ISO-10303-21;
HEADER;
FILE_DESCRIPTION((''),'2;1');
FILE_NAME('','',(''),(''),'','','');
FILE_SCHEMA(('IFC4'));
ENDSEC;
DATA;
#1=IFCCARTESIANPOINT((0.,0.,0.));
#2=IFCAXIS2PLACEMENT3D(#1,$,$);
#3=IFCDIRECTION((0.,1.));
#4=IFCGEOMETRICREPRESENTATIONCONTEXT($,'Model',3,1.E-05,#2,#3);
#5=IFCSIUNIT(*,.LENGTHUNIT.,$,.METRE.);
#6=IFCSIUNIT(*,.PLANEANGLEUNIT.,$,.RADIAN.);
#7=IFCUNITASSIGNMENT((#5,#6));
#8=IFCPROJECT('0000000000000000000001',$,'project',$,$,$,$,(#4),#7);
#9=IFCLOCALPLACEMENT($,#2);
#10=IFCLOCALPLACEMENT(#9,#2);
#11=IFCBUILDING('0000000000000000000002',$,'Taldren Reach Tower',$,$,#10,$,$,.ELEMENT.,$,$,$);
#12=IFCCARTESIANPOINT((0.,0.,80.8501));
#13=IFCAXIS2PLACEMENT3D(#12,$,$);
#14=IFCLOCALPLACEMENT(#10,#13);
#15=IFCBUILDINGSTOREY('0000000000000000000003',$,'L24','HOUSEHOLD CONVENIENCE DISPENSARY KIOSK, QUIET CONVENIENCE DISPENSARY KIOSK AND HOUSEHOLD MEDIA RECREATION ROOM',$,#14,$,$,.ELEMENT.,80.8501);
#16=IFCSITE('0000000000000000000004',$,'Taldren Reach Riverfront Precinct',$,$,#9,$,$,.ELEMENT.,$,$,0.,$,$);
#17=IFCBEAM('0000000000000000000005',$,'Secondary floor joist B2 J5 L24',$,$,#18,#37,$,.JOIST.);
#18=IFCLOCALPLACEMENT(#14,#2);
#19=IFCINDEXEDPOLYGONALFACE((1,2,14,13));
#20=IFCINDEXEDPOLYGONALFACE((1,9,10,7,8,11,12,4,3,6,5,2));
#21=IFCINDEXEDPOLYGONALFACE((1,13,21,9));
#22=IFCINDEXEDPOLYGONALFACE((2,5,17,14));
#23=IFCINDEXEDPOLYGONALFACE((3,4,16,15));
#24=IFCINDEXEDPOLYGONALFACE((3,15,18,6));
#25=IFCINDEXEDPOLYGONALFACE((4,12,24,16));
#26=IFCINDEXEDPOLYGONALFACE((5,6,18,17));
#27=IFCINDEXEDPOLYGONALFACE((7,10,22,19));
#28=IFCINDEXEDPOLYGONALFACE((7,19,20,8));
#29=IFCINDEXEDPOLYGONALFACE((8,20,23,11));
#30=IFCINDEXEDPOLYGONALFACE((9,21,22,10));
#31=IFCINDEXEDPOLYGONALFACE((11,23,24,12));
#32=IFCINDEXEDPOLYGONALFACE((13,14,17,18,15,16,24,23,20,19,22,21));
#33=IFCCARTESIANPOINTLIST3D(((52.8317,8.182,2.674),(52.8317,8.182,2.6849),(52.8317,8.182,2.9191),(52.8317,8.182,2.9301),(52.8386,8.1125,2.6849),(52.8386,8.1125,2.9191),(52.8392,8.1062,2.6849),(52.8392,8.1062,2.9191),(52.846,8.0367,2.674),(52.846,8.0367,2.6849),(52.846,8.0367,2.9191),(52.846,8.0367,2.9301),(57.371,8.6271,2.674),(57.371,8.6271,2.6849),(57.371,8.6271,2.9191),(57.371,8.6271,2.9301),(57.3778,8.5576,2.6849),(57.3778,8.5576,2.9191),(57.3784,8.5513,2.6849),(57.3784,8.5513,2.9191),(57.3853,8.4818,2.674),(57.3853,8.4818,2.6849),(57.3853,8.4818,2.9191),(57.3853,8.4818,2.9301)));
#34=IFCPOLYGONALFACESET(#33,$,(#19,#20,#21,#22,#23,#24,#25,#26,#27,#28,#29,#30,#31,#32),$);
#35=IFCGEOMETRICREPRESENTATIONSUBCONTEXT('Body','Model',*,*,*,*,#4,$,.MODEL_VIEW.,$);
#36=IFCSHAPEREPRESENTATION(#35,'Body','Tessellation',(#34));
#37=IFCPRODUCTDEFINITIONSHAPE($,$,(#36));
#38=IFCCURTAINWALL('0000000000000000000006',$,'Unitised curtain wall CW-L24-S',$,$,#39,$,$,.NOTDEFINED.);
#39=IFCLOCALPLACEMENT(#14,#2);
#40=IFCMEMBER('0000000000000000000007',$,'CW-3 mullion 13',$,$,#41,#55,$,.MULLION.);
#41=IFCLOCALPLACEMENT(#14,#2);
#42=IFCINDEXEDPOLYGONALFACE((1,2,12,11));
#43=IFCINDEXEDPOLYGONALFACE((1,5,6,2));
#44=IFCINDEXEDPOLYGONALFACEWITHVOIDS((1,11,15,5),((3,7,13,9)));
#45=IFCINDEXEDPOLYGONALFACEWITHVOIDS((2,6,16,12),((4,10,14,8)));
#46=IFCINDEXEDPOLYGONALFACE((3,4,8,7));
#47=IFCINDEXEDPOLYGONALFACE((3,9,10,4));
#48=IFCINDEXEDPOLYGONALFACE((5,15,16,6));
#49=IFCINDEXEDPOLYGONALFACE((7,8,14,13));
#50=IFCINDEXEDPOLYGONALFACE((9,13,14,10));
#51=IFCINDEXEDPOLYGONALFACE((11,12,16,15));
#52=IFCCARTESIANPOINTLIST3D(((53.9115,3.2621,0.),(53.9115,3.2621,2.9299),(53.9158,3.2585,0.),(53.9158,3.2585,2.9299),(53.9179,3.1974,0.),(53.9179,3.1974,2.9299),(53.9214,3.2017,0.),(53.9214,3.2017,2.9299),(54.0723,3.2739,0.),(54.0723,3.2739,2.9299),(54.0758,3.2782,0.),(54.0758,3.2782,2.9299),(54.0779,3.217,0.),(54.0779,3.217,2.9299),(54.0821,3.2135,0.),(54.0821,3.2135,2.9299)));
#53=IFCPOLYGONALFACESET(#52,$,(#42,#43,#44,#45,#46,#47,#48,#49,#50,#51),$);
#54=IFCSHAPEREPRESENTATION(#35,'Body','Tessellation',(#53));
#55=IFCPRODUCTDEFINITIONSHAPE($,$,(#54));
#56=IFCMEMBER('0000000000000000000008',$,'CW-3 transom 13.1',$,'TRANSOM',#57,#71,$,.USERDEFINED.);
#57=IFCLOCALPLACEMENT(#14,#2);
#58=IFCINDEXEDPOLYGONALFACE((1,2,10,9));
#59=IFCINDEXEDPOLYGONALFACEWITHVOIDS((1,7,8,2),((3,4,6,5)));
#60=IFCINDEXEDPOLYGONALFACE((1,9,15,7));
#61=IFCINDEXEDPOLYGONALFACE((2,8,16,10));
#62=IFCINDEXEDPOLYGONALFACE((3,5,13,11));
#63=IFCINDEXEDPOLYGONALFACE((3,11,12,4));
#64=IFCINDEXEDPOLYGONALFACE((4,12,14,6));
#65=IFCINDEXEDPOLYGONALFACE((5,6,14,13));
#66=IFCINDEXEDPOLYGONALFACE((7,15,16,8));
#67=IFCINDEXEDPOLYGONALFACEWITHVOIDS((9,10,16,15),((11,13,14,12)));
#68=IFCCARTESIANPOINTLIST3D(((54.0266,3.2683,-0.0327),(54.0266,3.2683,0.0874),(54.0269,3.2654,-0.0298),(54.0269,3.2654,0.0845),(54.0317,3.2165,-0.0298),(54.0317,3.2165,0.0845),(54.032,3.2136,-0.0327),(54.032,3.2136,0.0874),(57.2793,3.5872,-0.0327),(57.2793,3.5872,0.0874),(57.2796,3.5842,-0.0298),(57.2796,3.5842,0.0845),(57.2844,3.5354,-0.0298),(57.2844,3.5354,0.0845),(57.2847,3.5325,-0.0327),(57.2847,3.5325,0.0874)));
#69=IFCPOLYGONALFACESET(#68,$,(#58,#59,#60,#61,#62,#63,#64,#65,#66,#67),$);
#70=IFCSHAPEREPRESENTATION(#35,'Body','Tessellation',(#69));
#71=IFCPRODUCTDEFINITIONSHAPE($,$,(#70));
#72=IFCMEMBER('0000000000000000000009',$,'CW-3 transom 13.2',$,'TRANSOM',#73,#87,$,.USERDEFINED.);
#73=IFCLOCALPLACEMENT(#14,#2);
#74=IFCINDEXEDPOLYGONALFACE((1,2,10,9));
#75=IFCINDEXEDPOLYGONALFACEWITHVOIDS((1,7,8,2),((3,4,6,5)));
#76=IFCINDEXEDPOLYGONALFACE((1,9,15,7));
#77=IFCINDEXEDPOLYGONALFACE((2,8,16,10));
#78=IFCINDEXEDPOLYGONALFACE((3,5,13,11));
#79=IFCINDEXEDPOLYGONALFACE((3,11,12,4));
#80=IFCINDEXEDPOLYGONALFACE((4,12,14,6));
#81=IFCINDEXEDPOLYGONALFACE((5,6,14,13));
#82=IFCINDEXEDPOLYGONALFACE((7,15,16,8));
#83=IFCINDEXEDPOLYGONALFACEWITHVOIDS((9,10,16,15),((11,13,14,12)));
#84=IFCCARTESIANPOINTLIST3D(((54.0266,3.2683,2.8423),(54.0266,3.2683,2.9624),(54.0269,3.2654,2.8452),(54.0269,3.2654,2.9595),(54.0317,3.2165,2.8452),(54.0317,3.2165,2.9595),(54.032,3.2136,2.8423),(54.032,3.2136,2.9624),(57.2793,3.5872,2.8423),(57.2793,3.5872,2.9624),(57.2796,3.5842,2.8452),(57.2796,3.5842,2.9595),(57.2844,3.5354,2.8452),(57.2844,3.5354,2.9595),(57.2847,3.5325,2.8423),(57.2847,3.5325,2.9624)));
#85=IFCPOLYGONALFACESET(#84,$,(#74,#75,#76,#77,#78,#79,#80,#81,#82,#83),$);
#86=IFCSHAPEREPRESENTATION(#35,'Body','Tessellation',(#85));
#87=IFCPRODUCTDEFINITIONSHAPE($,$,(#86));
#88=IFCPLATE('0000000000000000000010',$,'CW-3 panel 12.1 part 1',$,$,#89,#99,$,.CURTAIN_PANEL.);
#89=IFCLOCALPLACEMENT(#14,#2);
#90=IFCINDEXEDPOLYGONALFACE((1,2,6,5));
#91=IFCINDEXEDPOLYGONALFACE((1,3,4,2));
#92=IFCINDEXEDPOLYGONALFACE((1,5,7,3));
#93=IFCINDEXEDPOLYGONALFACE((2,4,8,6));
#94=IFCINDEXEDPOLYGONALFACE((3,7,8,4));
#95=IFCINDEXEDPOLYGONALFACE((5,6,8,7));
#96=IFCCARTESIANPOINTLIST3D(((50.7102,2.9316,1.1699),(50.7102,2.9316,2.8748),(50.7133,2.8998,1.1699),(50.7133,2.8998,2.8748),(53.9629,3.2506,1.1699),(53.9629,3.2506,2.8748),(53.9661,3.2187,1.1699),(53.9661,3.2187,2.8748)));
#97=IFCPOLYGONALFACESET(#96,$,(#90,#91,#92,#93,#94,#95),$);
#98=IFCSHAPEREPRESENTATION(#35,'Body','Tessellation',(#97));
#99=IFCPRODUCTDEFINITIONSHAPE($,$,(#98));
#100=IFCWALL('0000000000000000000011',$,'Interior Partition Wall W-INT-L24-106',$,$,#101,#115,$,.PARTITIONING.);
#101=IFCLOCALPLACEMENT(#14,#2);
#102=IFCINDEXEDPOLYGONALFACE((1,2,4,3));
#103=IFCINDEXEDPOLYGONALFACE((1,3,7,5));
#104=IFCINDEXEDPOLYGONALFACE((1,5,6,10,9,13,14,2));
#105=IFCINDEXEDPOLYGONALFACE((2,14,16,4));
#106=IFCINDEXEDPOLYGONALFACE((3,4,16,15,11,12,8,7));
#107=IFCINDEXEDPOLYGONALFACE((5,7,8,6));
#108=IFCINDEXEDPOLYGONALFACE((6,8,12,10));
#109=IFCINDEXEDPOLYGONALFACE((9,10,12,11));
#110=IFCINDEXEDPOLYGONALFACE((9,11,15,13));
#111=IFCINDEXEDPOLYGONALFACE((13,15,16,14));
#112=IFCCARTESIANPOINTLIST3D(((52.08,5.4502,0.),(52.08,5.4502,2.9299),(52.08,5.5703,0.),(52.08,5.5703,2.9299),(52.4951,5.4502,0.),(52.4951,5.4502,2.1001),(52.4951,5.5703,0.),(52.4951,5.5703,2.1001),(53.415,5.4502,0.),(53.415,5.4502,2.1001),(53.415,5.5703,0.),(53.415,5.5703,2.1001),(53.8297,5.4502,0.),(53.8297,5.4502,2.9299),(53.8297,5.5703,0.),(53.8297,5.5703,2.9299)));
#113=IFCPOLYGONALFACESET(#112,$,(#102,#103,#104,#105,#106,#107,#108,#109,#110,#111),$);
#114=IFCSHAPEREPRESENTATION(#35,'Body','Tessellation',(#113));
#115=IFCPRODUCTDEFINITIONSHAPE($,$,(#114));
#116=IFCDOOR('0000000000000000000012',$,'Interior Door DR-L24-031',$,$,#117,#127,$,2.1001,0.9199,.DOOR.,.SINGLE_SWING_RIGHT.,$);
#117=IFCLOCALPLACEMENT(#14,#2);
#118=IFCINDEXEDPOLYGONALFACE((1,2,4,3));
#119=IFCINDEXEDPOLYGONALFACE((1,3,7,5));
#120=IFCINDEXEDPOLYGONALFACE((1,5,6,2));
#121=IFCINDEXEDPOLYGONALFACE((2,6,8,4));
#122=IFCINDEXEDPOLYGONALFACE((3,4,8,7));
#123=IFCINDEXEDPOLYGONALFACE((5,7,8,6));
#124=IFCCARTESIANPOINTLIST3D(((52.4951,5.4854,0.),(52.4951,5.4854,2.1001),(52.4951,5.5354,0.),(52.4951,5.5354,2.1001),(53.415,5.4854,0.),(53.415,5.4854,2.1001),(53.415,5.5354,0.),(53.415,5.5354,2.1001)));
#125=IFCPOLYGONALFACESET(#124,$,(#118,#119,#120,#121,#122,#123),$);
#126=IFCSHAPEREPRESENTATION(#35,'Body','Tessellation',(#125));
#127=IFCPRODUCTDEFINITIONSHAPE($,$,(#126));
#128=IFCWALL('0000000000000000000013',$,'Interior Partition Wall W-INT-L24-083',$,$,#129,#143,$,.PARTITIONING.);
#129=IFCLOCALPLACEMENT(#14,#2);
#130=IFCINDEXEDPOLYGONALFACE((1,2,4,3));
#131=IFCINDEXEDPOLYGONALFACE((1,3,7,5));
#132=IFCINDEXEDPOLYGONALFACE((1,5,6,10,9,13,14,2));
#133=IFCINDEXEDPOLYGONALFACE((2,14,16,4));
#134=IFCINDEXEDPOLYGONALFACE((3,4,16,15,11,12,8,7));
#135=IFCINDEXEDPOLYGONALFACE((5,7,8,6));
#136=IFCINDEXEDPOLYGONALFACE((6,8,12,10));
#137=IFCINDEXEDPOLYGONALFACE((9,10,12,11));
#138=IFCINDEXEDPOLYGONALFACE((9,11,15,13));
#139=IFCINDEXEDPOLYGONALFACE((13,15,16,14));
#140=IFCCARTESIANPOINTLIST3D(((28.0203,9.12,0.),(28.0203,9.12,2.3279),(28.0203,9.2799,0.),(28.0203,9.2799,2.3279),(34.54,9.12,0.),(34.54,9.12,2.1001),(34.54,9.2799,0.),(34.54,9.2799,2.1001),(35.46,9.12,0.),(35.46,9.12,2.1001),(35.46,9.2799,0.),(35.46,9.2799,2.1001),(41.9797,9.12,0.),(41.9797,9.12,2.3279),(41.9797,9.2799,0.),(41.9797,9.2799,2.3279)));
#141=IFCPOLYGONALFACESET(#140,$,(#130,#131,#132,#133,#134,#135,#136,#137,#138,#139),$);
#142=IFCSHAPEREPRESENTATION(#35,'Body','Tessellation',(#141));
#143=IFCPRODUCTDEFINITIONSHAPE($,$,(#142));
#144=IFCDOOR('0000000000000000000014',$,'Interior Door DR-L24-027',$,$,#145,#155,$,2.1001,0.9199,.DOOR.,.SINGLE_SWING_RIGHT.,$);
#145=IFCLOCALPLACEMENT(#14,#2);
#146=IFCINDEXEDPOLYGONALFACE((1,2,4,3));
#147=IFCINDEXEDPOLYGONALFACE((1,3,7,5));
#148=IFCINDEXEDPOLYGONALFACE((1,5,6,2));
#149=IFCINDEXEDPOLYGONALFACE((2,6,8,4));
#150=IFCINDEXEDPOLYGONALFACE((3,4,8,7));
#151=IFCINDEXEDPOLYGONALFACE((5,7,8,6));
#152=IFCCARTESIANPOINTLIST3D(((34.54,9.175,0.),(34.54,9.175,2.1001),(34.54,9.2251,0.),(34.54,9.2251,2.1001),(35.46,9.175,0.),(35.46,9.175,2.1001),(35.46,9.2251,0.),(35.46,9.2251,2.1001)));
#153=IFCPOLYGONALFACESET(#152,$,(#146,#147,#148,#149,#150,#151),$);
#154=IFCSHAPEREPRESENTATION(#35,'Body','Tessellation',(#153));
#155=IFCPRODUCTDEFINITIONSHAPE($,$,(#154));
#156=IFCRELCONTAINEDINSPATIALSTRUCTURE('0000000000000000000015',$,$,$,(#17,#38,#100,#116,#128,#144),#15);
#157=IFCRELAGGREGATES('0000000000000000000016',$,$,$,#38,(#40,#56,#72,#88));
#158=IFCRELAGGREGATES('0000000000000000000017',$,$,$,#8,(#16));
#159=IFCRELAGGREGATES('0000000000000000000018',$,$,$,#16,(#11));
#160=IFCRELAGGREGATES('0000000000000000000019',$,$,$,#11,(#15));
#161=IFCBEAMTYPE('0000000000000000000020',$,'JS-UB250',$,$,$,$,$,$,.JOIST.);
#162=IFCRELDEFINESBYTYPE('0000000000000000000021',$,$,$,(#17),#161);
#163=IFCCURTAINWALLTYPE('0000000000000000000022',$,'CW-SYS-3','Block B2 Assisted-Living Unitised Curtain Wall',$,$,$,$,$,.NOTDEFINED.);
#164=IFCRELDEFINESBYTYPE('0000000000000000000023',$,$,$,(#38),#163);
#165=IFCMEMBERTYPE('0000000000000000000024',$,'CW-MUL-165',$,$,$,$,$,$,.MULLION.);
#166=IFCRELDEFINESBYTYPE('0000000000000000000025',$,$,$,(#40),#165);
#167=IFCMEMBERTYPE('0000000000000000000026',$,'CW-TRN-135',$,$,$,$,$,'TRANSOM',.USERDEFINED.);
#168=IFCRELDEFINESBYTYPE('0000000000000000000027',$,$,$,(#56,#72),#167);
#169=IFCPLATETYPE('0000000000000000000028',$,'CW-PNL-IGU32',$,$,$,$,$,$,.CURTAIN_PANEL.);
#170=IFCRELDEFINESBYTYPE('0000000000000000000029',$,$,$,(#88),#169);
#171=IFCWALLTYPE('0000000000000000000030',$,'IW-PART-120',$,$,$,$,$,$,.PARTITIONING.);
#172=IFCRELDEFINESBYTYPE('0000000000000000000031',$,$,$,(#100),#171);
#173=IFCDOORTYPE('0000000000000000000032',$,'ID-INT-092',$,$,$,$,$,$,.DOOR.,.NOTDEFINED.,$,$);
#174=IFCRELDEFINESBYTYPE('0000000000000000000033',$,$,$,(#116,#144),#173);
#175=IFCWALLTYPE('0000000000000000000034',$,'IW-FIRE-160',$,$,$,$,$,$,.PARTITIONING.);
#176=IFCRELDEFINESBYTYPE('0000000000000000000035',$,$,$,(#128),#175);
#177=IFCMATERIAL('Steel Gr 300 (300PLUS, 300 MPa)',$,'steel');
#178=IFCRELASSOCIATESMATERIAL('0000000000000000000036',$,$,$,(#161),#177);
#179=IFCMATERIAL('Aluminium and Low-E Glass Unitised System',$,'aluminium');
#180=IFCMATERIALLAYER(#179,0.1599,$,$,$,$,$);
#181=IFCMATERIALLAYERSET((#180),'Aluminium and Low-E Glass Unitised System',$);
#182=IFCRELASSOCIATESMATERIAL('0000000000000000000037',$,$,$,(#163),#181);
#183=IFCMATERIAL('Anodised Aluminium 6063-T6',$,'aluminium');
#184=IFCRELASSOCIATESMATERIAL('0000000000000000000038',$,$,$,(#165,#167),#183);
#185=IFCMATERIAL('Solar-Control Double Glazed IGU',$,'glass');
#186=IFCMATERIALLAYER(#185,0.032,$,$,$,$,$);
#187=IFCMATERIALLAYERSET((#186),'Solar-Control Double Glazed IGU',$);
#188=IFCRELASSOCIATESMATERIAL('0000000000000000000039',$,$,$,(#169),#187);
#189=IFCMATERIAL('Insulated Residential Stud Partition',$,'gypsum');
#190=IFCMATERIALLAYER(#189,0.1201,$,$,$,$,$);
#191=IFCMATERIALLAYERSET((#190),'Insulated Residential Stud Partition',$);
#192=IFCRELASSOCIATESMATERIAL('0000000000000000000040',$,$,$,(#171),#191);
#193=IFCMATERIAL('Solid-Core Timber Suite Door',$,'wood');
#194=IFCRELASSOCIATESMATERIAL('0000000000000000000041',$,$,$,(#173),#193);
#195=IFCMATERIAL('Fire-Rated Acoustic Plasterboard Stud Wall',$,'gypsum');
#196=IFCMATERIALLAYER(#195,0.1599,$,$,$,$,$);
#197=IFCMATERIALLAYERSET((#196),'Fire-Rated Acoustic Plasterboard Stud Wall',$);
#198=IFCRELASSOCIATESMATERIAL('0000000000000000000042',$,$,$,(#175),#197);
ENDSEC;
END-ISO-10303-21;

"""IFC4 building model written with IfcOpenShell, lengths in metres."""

from ifc_helpers import new_model, si_unit, direction, frame, frame_2d, origin, origin_2d, place, context, subcontext, project, spatial, rectangle, hollow_rectangle, i_section, extrude, source, transform, mapped, material, layer, layer_set, material_profile, profile_set, type_object, element, fill, aggregate, save


model = new_model("IFC4")

# Units and contexts
model_context = context("Model", 3, precision=1e-05, world=origin(), true_north=direction((0.0, 1.0)))
body_context = subcontext(model_context, "Body", "Model", "MODEL_VIEW")
ifc_project = project(units=[si_unit("LENGTHUNIT", "METRE"), si_unit("PLANEANGLEUNIT", "RADIAN")], contexts=[model_context])

# Site, building, storey
site_placement = place(None, origin())
site = spatial("IfcSite", under=ifc_project, at=site_placement, Name="Taldren Reach Riverfront Precinct", CompositionType="ELEMENT", RefElevation=0.0)
building_placement = place(site_placement, origin())
building = spatial("IfcBuilding", under=site, at=building_placement, Name="Taldren Reach Tower", CompositionType="ELEMENT")
storey_placement = place(building_placement, frame((0.0, 0.0, 80.8501)))
storey = spatial("IfcBuildingStorey", under=building, at=storey_placement, Name="L24", Description="HOUSEHOLD CONVENIENCE DISPENSARY KIOSK, QUIET CONVENIENCE DISPENSARY KIOSK AND HOUSEHOLD MEDIA RECREATION ROOM", CompositionType="ELEMENT", Elevation=80.8501)

# Beam
ifc_material_1 = material(Name="Steel Gr 300 (300PLUS, 300 MPa)", Category="steel")
ifc_material_profile_1 = material_profile(ifc_material_1, i_section(OverallWidth=0.146, OverallDepth=0.2561, WebThickness=0.0063, FlangeThickness=0.011, at=origin_2d()), Name="250UB37.3")
ifc_profile_set_1 = profile_set([ifc_material_profile_1], Name="Steel Gr 300 (300PLUS, 300 MPa)")
beam_type_1 = type_object("IfcBeamType", Name="JS-UB250", PredefinedType="JOIST", material=ifc_profile_set_1)
shared_shape_1 = source(origin(), body_context, "Body", "SweptSolid", [
    extrude(i_section(OverallWidth=0.146, OverallDepth=0.2561, WebThickness=0.0063, FlangeThickness=0.011, at=origin_2d()), origin(), (0.0, 0.0, 1.0), 4.561),
])
beam_1_placement = place(storey_placement, frame((52.8389, 8.1094, 2.802), z_axis=(0.995228, 0.09758, 0.0), x_axis=(-0.09758, 0.995228, 0.0)))
element("IfcBeam", 1, at=beam_1_placement, inside=storey, type_object=beam_type_1, Name="Secondary floor joist B2 J5 L24", PredefinedType="JOIST", context=body_context, shape_type="MappedRepresentation", body=[
    mapped(shared_shape_1, transform((0.0, 0.0, 0.0), scale=1.0)),
])

# Curtain wall, members, plate
ifc_material_2 = material(Name="Aluminium and Low-E Glass Unitised System", Category="aluminium")
ifc_layer_1 = layer(ifc_material_2, 0.1599)
ifc_layer_set_1 = layer_set([ifc_layer_1], Name="Aluminium and Low-E Glass Unitised System")
curtain_wall_type = type_object("IfcCurtainWallType", Name="CW-SYS-3", Description="Block B2 Assisted-Living Unitised Curtain Wall", PredefinedType="NOTDEFINED", material=ifc_layer_set_1)
curtain_wall_placement = place(storey_placement, origin())
curtain_wall = element("IfcCurtainWall", 2, at=curtain_wall_placement, inside=storey, type_object=curtain_wall_type, Name="Unitised curtain wall CW-L24-S", PredefinedType="NOTDEFINED")
ifc_material_3 = material(Name="Anodised Aluminium 6063-T6", Category="aluminium")
ifc_material_profile_2 = material_profile(ifc_material_3, hollow_rectangle(XDim=0.0649, YDim=0.165, WallThickness=0.0039, at=origin_2d()), Name="ALU-165x65x4RHS")
ifc_profile_set_2 = profile_set([ifc_material_profile_2], Name="Anodised Aluminium 6063-T6")
member_type_1 = type_object("IfcMemberType", Name="CW-MUL-165", PredefinedType="MULLION", material=ifc_profile_set_2)
shared_shape_2 = source(origin(), body_context, "Body", "SweptSolid", [
    extrude(hollow_rectangle(XDim=0.0649, YDim=0.165, WallThickness=0.0039, at=origin_2d()), origin(), (0.0, 0.0, 1.0), 2.9299),
])
member_1_placement = place(storey_placement, frame((53.9968, 3.2378, 0.0), z_axis=(0.0, 0.0, 1.0), x_axis=(-0.097583, 0.995227, 0.0)))
member_1 = element("IfcMember", 3, at=member_1_placement, type_object=member_type_1, Name="CW-3 mullion 13", PredefinedType="MULLION", context=body_context, shape_type="MappedRepresentation", body=[
    mapped(shared_shape_2, transform((0.0, 0.0, 0.0), scale=1.0)),
])
ifc_material_profile_3 = material_profile(ifc_material_3, hollow_rectangle(XDim=0.0549, YDim=0.1201, WallThickness=0.0029, at=origin_2d()), Name="ALU-120x55x3RHS")
ifc_profile_set_3 = profile_set([ifc_material_profile_3], Name="Anodised Aluminium 6063-T6")
member_type_2 = type_object("IfcMemberType", Name="CW-TRN-135", ElementType="TRANSOM", PredefinedType="USERDEFINED", material=ifc_profile_set_3)
shared_shape_3 = source(origin(), body_context, "Body", "SweptSolid", [
    extrude(hollow_rectangle(XDim=0.0549, YDim=0.1201, WallThickness=0.0029, at=origin_2d()), origin(), (0.0, 0.0, 1.0), 3.2683),
])
member_2_placement = place(storey_placement, frame((54.0293, 3.241, 0.0273), z_axis=(0.99523, 0.097558, 0.0), x_axis=(-0.097558, 0.99523, 0.0)))
member_2 = element("IfcMember", 4, at=member_2_placement, type_object=member_type_2, Name="CW-3 transom 13.1", ObjectType="TRANSOM", PredefinedType="USERDEFINED", context=body_context, shape_type="MappedRepresentation", body=[
    mapped(shared_shape_3, transform((0.0, 0.0, 0.0), scale=1.0)),
])
member_3_placement = place(storey_placement, frame((54.0293, 3.241, 2.9023), z_axis=(0.99523, 0.097558, 0.0), x_axis=(-0.097558, 0.99523, 0.0)))
member_3 = element("IfcMember", 5, at=member_3_placement, type_object=member_type_2, Name="CW-3 transom 13.2", ObjectType="TRANSOM", PredefinedType="USERDEFINED", context=body_context, shape_type="MappedRepresentation", body=[
    mapped(shared_shape_3, transform((0.0, 0.0, 0.0), scale=1.0)),
])
ifc_material_4 = material(Name="Solar-Control Double Glazed IGU", Category="glass")
ifc_layer_2 = layer(ifc_material_4, 0.032)
ifc_layer_set_2 = layer_set([ifc_layer_2], Name="Solar-Control Double Glazed IGU")
plate_type = type_object("IfcPlateType", Name="CW-PNL-IGU32", PredefinedType="CURTAIN_PANEL", material=ifc_layer_set_2)
shared_shape_4 = source(origin(), body_context, "Body", "SweptSolid", [
    extrude(rectangle(XDim=3.2683, YDim=0.032, at=origin_2d()), origin(), (0.0, 0.0, 1.0), 1.7048),
])
plate_placement = place(storey_placement, frame((52.3381, 3.0752, 1.1699), z_axis=(0.0, 0.0, 1.0), x_axis=(0.995227, 0.097583, 0.0)))
plate = element("IfcPlate", 6, at=plate_placement, type_object=plate_type, Name="CW-3 panel 12.1 part 1", PredefinedType="CURTAIN_PANEL", context=body_context, shape_type="MappedRepresentation", body=[
    mapped(shared_shape_4, transform((0.0, 0.0, 0.0), scale=1.0)),
])
aggregate(curtain_wall, [member_1, member_2, member_3, plate])

# Walls, openings, doors
ifc_material_5 = material(Name="Insulated Residential Stud Partition", Category="gypsum")
ifc_layer_3 = layer(ifc_material_5, 0.1201)
ifc_layer_set_3 = layer_set([ifc_layer_3], Name="Insulated Residential Stud Partition")
wall_type_1 = type_object("IfcWallType", Name="IW-PART-120", PredefinedType="PARTITIONING", material=ifc_layer_set_3)
shared_shape_5 = source(origin(), body_context, "Body", "SweptSolid", [
    extrude(rectangle(XDim=1.7498, YDim=0.1201, at=frame_2d((0.875, 0.0))), origin(), (0.0, 0.0, 1.0), 2.9299),
])
wall_1_placement = place(storey_placement, frame((53.8298, 5.5103, 0.0), z_axis=(0.0, 0.0, 1.0), x_axis=(-1.0, 0.0, 0.0)))
wall_1 = element("IfcWall", 7, at=wall_1_placement, inside=storey, type_object=wall_type_1, Name="Interior Partition Wall W-INT-L24-106", PredefinedType="PARTITIONING", context=body_context, shape_type="MappedRepresentation", body=[
    mapped(shared_shape_5, transform((0.0, 0.0, 0.0), scale=1.0)),
])
shared_shape_6 = source(origin(), body_context, "Body", "SweptSolid", [
    extrude(rectangle(XDim=0.9199, YDim=2.1001, at=frame_2d((0.46, 1.05))), frame((0.0, 0.0701, 0.0), z_axis=(0.0, -1.0, 0.0), x_axis=(1.0, 0.0, 0.0)), (0.0, 0.0, 1.0), 0.1401),
])
opening_1_placement = place(wall_1_placement, frame((0.4148, 0.0, 0.0)))
opening_1 = element("IfcOpeningElement", 8, at=opening_1_placement, cuts=wall_1, PredefinedType="OPENING", context=body_context, shape_type="MappedRepresentation", body=[
    mapped(shared_shape_6, transform((0.0, 0.0, 0.0), scale=1.0)),
])
ifc_material_6 = material(Name="Solid-Core Timber Suite Door", Category="wood")
door_type = type_object("IfcDoorType", Name="ID-INT-092", OperationType="NOTDEFINED", PredefinedType="DOOR", material=ifc_material_6)
shared_shape_7 = source(origin(), body_context, "Body", "SweptSolid", [
    extrude(rectangle(XDim=0.9199, YDim=2.1001, at=frame_2d((0.46, 1.05))), frame((0.0, 0.0249, 0.0), z_axis=(0.0, -1.0, 0.0), x_axis=(1.0, 0.0, 0.0)), (0.0, 0.0, 1.0), 0.05),
])
door_1_placement = place(opening_1_placement, origin())
door_1 = element("IfcDoor", 9, at=door_1_placement, inside=storey, type_object=door_type, Name="Interior Door DR-L24-031", OperationType="SINGLE_SWING_RIGHT", OverallHeight=2.1001, OverallWidth=0.9199, PredefinedType="DOOR", context=body_context, shape_type="MappedRepresentation", body=[
    mapped(shared_shape_7, transform((0.0, 0.0, 0.0), scale=1.0)),
])
fill(opening_1, door_1)
ifc_material_7 = material(Name="Fire-Rated Acoustic Plasterboard Stud Wall", Category="gypsum")
ifc_layer_4 = layer(ifc_material_7, 0.1599)
ifc_layer_set_4 = layer_set([ifc_layer_4], Name="Fire-Rated Acoustic Plasterboard Stud Wall")
wall_type_2 = type_object("IfcWallType", Name="IW-FIRE-160", PredefinedType="PARTITIONING", material=ifc_layer_set_4)
shared_shape_8 = source(origin(), body_context, "Body", "SweptSolid", [
    extrude(rectangle(XDim=13.9595, YDim=0.1599, at=frame_2d((6.9797, 0.0))), origin(), (0.0, 0.0, 1.0), 2.3279),
])
wall_2_placement = place(storey_placement, frame((41.9797, 9.2, 0.0), z_axis=(0.0, 0.0, 1.0), x_axis=(-1.0, 0.0, 0.0)))
wall_2 = element("IfcWall", 10, at=wall_2_placement, inside=storey, type_object=wall_type_2, Name="Interior Partition Wall W-INT-L24-083", PredefinedType="PARTITIONING", context=body_context, shape_type="MappedRepresentation", body=[
    mapped(shared_shape_8, transform((0.0, 0.0, 0.0), scale=1.0)),
])
shared_shape_9 = source(origin(), body_context, "Body", "SweptSolid", [
    extrude(rectangle(XDim=0.9199, YDim=2.1001, at=frame_2d((0.46, 1.05))), frame((0.0, 0.0898, 0.0), z_axis=(0.0, -1.0, 0.0), x_axis=(1.0, 0.0, 0.0)), (0.0, 0.0, 1.0), 0.1799),
])
opening_2_placement = place(wall_2_placement, frame((6.5198, 0.0, 0.0)))
opening_2 = element("IfcOpeningElement", 11, at=opening_2_placement, cuts=wall_2, PredefinedType="OPENING", context=body_context, shape_type="MappedRepresentation", body=[
    mapped(shared_shape_9, transform((0.0, 0.0, 0.0), scale=1.0)),
])
door_2_placement = place(opening_2_placement, origin())
door_2 = element("IfcDoor", 12, at=door_2_placement, inside=storey, type_object=door_type, Name="Interior Door DR-L24-027", OperationType="SINGLE_SWING_RIGHT", OverallHeight=2.1001, OverallWidth=0.9199, PredefinedType="DOOR", context=body_context, shape_type="MappedRepresentation", body=[
    mapped(shared_shape_7, transform((0.0, 0.0, 0.0), scale=1.0)),
])
fill(opening_2, door_2)

save(model, "model.ifc")
